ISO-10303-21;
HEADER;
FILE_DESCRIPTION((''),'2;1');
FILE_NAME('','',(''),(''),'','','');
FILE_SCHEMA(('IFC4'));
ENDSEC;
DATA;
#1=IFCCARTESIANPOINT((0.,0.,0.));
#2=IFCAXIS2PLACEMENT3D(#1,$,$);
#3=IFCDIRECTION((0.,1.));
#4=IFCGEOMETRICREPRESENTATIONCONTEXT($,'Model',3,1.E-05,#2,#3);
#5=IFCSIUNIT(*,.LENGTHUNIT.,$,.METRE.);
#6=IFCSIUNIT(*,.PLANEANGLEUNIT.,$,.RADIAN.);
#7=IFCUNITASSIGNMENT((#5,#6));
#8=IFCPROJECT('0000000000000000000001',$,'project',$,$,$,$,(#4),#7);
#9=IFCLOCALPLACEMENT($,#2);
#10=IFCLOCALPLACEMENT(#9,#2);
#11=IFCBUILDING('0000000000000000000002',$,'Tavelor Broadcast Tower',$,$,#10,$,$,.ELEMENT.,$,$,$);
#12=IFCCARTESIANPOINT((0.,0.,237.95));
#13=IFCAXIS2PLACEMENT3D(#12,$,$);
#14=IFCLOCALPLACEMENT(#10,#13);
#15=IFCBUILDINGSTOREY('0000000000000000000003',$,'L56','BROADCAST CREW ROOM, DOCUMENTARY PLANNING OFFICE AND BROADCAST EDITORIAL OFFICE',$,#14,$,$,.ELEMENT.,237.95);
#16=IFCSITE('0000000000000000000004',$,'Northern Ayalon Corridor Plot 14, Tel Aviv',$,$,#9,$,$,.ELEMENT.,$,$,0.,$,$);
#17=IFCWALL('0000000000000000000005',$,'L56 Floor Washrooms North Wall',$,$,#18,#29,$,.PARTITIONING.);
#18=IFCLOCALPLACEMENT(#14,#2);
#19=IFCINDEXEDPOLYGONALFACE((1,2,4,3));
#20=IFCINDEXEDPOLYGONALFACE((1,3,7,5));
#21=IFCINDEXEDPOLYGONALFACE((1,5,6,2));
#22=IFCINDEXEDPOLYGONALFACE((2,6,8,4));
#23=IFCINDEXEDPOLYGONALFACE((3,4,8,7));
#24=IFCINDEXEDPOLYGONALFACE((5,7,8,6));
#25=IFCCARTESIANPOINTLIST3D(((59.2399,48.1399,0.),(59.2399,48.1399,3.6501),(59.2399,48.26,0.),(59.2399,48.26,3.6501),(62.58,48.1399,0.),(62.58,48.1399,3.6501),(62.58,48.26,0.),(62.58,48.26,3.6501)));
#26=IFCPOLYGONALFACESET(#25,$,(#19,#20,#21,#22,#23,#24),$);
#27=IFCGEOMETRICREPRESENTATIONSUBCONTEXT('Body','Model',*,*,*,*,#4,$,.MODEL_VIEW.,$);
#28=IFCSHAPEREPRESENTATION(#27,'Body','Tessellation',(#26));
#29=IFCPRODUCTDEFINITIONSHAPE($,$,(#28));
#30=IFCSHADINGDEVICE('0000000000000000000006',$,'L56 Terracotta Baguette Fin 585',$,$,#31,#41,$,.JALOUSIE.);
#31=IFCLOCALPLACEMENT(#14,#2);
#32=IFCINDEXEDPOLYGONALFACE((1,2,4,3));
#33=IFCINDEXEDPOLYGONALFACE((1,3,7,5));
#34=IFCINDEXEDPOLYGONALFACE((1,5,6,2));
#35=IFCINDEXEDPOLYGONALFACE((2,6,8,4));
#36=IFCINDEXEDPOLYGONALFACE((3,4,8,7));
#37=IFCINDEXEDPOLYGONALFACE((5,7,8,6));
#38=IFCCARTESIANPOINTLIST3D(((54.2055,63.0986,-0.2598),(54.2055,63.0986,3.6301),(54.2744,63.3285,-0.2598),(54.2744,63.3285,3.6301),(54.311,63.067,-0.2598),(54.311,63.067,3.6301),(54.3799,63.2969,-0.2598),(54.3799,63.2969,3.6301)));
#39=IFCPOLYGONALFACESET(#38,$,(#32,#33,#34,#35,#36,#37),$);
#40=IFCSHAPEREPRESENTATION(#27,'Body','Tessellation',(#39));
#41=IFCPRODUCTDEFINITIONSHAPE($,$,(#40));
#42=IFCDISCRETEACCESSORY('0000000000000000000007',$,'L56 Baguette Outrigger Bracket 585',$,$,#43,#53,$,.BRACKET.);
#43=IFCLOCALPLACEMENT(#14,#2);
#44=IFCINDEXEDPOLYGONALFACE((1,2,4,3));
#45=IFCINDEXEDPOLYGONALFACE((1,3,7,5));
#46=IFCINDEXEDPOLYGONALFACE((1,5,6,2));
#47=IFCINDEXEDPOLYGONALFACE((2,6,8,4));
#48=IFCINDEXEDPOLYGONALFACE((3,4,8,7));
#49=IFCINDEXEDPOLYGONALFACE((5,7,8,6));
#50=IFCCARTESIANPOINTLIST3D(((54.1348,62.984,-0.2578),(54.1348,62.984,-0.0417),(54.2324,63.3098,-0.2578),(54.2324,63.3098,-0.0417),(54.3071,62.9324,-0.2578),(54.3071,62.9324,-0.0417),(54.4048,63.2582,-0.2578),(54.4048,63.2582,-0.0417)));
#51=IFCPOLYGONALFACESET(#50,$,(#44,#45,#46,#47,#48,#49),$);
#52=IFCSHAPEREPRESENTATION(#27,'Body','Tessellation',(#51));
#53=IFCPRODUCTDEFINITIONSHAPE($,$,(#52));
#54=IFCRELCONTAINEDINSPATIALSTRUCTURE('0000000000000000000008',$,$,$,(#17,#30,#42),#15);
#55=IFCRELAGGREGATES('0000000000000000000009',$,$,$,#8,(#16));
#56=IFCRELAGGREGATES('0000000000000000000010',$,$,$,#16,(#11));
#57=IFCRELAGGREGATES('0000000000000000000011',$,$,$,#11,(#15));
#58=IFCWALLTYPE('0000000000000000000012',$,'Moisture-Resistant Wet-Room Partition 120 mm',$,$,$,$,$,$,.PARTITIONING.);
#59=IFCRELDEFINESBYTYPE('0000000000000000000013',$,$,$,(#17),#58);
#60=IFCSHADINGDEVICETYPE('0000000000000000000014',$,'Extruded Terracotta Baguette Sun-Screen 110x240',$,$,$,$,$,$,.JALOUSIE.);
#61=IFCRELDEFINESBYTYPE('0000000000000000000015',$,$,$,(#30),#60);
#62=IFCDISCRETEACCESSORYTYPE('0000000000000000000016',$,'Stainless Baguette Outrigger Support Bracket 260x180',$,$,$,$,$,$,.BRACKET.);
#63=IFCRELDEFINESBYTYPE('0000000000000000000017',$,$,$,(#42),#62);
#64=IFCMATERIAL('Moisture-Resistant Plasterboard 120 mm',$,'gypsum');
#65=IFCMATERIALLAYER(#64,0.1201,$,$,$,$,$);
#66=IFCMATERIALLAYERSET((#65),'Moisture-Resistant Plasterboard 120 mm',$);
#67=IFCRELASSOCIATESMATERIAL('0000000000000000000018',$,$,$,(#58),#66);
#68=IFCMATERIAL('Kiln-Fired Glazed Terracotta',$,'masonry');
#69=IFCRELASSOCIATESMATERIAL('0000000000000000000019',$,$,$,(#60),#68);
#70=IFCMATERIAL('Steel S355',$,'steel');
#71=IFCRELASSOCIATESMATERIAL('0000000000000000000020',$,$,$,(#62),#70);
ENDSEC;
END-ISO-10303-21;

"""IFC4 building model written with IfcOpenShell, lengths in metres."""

from ifc_helpers import new_model, si_unit, direction, frame, frame_2d, origin, origin_2d, place, context, subcontext, project, spatial, rectangle, extrude, source, transform, mapped, material, layer, layer_set, type_object, type_shapes, element, save


model = new_model("IFC4")

# Units and contexts
model_context = context("Model", 3, precision=1e-05, world=origin(), true_north=direction((0.0, 1.0)))
body_context = subcontext(model_context, "Body", "Model", "MODEL_VIEW")
ifc_project = project(units=[si_unit("LENGTHUNIT", "METRE"), si_unit("PLANEANGLEUNIT", "RADIAN")], contexts=[model_context])

# Site, building, storey
site_placement = place(None, origin())
site = spatial("IfcSite", under=ifc_project, at=site_placement, Name="Northern Ayalon Corridor Plot 14, Tel Aviv", CompositionType="ELEMENT", RefElevation=0.0)
building_placement = place(site_placement, origin())
building = spatial("IfcBuilding", under=site, at=building_placement, Name="Tavelor Broadcast Tower", CompositionType="ELEMENT")
storey_placement = place(building_placement, frame((0.0, 0.0, 237.95)))
storey = spatial("IfcBuildingStorey", under=building, at=storey_placement, Name="L56", Description="BROADCAST CREW ROOM, DOCUMENTARY PLANNING OFFICE AND BROADCAST EDITORIAL OFFICE", CompositionType="ELEMENT", Elevation=237.95)

# Shared definitions
ifc_material_1 = material(Name="Steel S355", Category="steel")

# Wall
ifc_material_2 = material(Name="Moisture-Resistant Plasterboard 120 mm", Category="gypsum")
ifc_layer_1 = layer(ifc_material_2, 0.1201)
ifc_layer_set_1 = layer_set([ifc_layer_1], Name="Moisture-Resistant Plasterboard 120 mm")
wall_type_1 = type_object("IfcWallType", Name="Moisture-Resistant Wet-Room Partition 120 mm", PredefinedType="PARTITIONING", material=ifc_layer_set_1)
wall_1_placement = place(storey_placement, frame((59.24, 48.2, 0.0), z_axis=(0.0, 0.0, 1.0), x_axis=(1.0, 0.0, 0.0)))
element("IfcWall", 1, at=wall_1_placement, inside=storey, type_object=wall_type_1, Name="L56 Floor Washrooms North Wall", PredefinedType="PARTITIONING", context=body_context, shape_type="SweptSolid", body=[
    extrude(rectangle(XDim=3.3401, YDim=0.1201, at=frame_2d((1.6699, 0.0))), origin(), (0.0, 0.0, 1.0), 3.6501),
])

# Shading device
ifc_material_3 = material(Name="Kiln-Fired Glazed Terracotta", Category="masonry")
shading_device_type = type_object("IfcShadingDeviceType", Name="Extruded Terracotta Baguette Sun-Screen 110x240", PredefinedType="JALOUSIE", material=ifc_material_3)
shared_shape_1 = source(origin(), body_context, "Body", "SweptSolid", [
    extrude(rectangle(XDim=0.1101, YDim=0.24, at=origin_2d()), origin(), (0.0, 0.0, 1.0), 3.8899),
])
type_shapes(shading_device_type, [shared_shape_1])
shading_device_placement = place(storey_placement, frame((54.2927, 63.1978, -0.2598), z_axis=(0.0, 0.0, 1.0), x_axis=(-0.957923, 0.287026, 0.0)))
element("IfcShadingDevice", 2, at=shading_device_placement, inside=storey, type_object=shading_device_type, Name="L56 Terracotta Baguette Fin 585", PredefinedType="JALOUSIE", context=body_context, shape_type="MappedRepresentation", body=[
    mapped(shared_shape_1, transform((0.0, 0.0, 0.0), scale=1.0)),
])

# Discrete accessory
discrete_accessory_type = type_object("IfcDiscreteAccessoryType", Name="Stainless Baguette Outrigger Support Bracket 260x180", PredefinedType="BRACKET", material=ifc_material_1)
shared_shape_2 = source(origin(), body_context, "Body", "SweptSolid", [
    extrude(rectangle(XDim=0.1799, YDim=0.3401, at=origin_2d()), origin(), (0.0, 0.0, 1.0), 0.2161),
])
type_shapes(discrete_accessory_type, [shared_shape_2])
discrete_accessory_placement = place(storey_placement, frame((54.2698, 63.1211, -0.2578), z_axis=(0.0, 0.0, 1.0), x_axis=(-0.957923, 0.287026, 0.0)))
element("IfcDiscreteAccessory", 3, at=discrete_accessory_placement, inside=storey, type_object=discrete_accessory_type, Name="L56 Baguette Outrigger Bracket 585", PredefinedType="BRACKET", context=body_context, shape_type="MappedRepresentation", body=[
    mapped(shared_shape_2, transform((0.0, 0.0, 0.0), scale=1.0)),
])

save(model, "model.ifc")
